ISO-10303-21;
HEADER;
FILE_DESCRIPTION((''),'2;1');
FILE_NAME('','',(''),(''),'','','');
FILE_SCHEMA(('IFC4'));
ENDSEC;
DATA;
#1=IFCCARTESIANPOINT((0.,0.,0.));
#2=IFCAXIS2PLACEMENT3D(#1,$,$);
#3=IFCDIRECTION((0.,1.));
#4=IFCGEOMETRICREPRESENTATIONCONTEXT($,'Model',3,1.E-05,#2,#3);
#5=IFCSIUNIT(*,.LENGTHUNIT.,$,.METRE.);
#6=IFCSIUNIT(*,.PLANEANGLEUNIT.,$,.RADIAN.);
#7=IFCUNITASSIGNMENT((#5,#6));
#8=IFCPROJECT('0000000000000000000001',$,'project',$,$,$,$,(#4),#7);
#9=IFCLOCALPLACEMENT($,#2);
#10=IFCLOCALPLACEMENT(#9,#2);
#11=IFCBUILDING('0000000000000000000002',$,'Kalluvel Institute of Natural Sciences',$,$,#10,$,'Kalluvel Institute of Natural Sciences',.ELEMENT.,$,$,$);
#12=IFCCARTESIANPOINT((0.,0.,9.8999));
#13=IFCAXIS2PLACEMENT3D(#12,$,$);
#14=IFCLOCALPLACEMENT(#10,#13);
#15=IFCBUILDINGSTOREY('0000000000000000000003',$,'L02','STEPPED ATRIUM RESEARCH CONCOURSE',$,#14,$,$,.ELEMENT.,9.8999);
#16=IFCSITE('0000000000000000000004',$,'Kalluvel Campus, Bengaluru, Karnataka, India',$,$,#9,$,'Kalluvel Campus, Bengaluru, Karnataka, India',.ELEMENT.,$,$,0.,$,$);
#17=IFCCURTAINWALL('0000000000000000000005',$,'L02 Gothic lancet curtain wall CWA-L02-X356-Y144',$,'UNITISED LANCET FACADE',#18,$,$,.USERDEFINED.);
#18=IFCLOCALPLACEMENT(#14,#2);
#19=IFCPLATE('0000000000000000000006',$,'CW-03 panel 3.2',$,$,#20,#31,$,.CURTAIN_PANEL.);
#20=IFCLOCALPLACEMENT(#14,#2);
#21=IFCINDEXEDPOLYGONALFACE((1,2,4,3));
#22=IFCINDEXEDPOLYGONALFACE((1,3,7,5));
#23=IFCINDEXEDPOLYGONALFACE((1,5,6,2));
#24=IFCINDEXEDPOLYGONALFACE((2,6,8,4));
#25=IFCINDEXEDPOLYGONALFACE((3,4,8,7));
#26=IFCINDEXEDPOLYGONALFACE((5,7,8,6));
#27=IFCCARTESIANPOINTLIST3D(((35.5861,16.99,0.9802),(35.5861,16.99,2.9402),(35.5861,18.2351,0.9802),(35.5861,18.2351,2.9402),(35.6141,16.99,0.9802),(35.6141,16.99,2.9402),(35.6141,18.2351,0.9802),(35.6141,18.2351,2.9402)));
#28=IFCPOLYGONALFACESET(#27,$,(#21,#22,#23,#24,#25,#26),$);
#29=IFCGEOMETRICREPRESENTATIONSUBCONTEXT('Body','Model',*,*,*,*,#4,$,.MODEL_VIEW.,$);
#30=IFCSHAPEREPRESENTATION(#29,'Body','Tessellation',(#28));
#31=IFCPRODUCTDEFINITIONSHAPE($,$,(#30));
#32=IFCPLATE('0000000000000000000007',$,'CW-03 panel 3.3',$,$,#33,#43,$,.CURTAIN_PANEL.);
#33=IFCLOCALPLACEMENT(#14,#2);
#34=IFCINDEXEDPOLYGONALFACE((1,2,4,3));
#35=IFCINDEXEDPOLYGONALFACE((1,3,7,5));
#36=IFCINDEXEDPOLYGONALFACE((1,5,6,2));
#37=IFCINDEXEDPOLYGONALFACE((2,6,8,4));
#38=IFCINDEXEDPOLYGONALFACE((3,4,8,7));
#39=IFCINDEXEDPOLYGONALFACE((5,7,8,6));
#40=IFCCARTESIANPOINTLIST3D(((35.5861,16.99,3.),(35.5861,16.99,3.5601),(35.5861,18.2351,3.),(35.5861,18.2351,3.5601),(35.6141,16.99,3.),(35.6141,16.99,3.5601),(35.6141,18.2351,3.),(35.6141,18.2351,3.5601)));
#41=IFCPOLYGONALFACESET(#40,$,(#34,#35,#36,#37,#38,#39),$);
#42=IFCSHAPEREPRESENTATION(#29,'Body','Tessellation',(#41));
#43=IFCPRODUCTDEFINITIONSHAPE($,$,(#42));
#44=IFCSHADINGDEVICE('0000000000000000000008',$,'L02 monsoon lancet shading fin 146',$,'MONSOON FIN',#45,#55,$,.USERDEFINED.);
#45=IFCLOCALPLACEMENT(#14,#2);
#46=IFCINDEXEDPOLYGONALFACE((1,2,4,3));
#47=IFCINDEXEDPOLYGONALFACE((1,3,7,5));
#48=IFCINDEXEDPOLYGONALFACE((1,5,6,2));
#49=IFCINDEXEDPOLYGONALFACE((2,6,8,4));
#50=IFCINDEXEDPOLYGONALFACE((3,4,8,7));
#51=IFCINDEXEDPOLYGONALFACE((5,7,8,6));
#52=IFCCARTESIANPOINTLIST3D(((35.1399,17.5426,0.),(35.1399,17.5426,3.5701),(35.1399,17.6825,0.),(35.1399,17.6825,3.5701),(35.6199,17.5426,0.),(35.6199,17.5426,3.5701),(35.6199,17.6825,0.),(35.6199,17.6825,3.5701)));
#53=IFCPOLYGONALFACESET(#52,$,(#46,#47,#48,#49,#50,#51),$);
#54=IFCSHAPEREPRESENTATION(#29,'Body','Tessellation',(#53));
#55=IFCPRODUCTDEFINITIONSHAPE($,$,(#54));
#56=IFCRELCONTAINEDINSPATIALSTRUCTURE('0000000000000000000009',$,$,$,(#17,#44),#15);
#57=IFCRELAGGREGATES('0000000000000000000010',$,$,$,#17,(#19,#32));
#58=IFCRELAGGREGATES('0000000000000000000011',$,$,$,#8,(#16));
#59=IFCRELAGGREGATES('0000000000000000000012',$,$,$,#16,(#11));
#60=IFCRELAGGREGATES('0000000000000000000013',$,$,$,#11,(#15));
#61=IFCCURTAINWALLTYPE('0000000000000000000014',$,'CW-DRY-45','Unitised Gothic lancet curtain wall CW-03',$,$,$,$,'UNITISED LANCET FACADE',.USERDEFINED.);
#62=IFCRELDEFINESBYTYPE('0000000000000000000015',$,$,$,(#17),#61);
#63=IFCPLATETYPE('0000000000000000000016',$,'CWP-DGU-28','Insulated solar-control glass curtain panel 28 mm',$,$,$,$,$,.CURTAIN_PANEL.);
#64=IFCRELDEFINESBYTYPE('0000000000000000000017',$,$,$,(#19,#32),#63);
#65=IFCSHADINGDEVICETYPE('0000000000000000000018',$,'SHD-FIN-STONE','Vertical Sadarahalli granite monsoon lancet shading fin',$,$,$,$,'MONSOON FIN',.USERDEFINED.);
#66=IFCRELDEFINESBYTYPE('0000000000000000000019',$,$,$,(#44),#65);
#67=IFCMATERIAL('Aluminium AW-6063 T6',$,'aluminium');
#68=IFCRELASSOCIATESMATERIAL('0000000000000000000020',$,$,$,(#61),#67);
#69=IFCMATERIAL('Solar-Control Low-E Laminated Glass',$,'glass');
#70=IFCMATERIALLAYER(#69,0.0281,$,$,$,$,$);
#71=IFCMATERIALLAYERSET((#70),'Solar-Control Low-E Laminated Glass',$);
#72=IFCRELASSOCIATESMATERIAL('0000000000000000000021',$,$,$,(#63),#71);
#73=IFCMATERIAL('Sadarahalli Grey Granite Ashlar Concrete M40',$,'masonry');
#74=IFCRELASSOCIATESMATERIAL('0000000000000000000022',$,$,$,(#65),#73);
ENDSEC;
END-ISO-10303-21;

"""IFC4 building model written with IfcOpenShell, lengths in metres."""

from ifc_helpers import new_model, si_unit, direction, frame, origin, origin_2d, place, context, subcontext, project, spatial, rectangle, extrude, material, layer, layer_set, type_object, element, aggregate, save


model = new_model("IFC4")

# Units and contexts
model_context = context("Model", 3, precision=1e-05, world=origin(), true_north=direction((0.0, 1.0)))
body_context = subcontext(model_context, "Body", "Model", "MODEL_VIEW")
ifc_project = project(units=[si_unit("LENGTHUNIT", "METRE"), si_unit("PLANEANGLEUNIT", "RADIAN")], contexts=[model_context])

# Site, building, storey
site_placement = place(None, origin())
site = spatial("IfcSite", under=ifc_project, at=site_placement, Name="Kalluvel Campus, Bengaluru, Karnataka, India", LongName="Kalluvel Campus, Bengaluru, Karnataka, India", CompositionType="ELEMENT", RefElevation=0.0)
building_placement = place(site_placement, origin())
building = spatial("IfcBuilding", under=site, at=building_placement, Name="Kalluvel Institute of Natural Sciences", LongName="Kalluvel Institute of Natural Sciences", CompositionType="ELEMENT")
storey_placement = place(building_placement, frame((0.0, 0.0, 9.8999)))
storey = spatial("IfcBuildingStorey", under=building, at=storey_placement, Name="L02", Description="STEPPED ATRIUM RESEARCH CONCOURSE", CompositionType="ELEMENT", Elevation=9.8999)

# Curtain wall, plates
ifc_material_1 = material(Name="Aluminium AW-6063 T6", Category="aluminium")
curtain_wall_type = type_object("IfcCurtainWallType", Name="CW-DRY-45", Description="Unitised Gothic lancet curtain wall CW-03", ElementType="UNITISED LANCET FACADE", PredefinedType="USERDEFINED", material=ifc_material_1)
curtain_wall_placement = place(storey_placement, origin())
curtain_wall = element("IfcCurtainWall", 1, at=curtain_wall_placement, inside=storey, type_object=curtain_wall_type, Name="L02 Gothic lancet curtain wall CWA-L02-X356-Y144", ObjectType="UNITISED LANCET FACADE", PredefinedType="USERDEFINED")
ifc_material_2 = material(Name="Solar-Control Low-E Laminated Glass", Category="glass")
ifc_layer = layer(ifc_material_2, 0.0281)
ifc_layer_set = layer_set([ifc_layer], Name="Solar-Control Low-E Laminated Glass")
plate_type = type_object("IfcPlateType", Name="CWP-DGU-28", Description="Insulated solar-control glass curtain panel 28 mm", PredefinedType="CURTAIN_PANEL", material=ifc_layer_set)
plate_1_placement = place(storey_placement, frame((35.6001, 17.6125, 0.9802), z_axis=(0.0, 0.0, 1.0), x_axis=(0.0, 1.0, 0.0)))
plate_1 = element("IfcPlate", 2, at=plate_1_placement, type_object=plate_type, Name="CW-03 panel 3.2", PredefinedType="CURTAIN_PANEL", context=body_context, shape_type="SweptSolid", body=[
    extrude(rectangle(XDim=1.2451, YDim=0.0281, at=origin_2d()), origin(), (0.0, 0.0, 1.0), 1.96),
])
plate_2_placement = place(storey_placement, frame((35.6001, 17.6125, 3.0), z_axis=(0.0, 0.0, 1.0), x_axis=(0.0, 1.0, 0.0)))
plate_2 = element("IfcPlate", 3, at=plate_2_placement, type_object=plate_type, Name="CW-03 panel 3.3", PredefinedType="CURTAIN_PANEL", context=body_context, shape_type="SweptSolid", body=[
    extrude(rectangle(XDim=1.2451, YDim=0.0281, at=origin_2d()), origin(), (0.0, 0.0, 1.0), 0.5601),
])
aggregate(curtain_wall, [plate_1, plate_2])

# Shading device
ifc_material_3 = material(Name="Sadarahalli Grey Granite Ashlar Concrete M40", Category="masonry")
shading_device_type = type_object("IfcShadingDeviceType", Name="SHD-FIN-STONE", Description="Vertical Sadarahalli granite monsoon lancet shading fin", ElementType="MONSOON FIN", PredefinedType="USERDEFINED", material=ifc_material_3)
shading_device_placement = place(storey_placement, frame((35.3799, 17.6125, 0.0), z_axis=(0.0, 0.0, 1.0), x_axis=(0.0, 1.0, 0.0)))
element("IfcShadingDevice", 4, at=shading_device_placement, inside=storey, type_object=shading_device_type, Name="L02 monsoon lancet shading fin 146", ObjectType="MONSOON FIN", PredefinedType="USERDEFINED", context=body_context, shape_type="SweptSolid", body=[
    extrude(rectangle(XDim=0.1399, YDim=0.48, at=origin_2d()), origin(), (0.0, 0.0, 1.0), 3.5701),
])

save(model, "model.ifc")
